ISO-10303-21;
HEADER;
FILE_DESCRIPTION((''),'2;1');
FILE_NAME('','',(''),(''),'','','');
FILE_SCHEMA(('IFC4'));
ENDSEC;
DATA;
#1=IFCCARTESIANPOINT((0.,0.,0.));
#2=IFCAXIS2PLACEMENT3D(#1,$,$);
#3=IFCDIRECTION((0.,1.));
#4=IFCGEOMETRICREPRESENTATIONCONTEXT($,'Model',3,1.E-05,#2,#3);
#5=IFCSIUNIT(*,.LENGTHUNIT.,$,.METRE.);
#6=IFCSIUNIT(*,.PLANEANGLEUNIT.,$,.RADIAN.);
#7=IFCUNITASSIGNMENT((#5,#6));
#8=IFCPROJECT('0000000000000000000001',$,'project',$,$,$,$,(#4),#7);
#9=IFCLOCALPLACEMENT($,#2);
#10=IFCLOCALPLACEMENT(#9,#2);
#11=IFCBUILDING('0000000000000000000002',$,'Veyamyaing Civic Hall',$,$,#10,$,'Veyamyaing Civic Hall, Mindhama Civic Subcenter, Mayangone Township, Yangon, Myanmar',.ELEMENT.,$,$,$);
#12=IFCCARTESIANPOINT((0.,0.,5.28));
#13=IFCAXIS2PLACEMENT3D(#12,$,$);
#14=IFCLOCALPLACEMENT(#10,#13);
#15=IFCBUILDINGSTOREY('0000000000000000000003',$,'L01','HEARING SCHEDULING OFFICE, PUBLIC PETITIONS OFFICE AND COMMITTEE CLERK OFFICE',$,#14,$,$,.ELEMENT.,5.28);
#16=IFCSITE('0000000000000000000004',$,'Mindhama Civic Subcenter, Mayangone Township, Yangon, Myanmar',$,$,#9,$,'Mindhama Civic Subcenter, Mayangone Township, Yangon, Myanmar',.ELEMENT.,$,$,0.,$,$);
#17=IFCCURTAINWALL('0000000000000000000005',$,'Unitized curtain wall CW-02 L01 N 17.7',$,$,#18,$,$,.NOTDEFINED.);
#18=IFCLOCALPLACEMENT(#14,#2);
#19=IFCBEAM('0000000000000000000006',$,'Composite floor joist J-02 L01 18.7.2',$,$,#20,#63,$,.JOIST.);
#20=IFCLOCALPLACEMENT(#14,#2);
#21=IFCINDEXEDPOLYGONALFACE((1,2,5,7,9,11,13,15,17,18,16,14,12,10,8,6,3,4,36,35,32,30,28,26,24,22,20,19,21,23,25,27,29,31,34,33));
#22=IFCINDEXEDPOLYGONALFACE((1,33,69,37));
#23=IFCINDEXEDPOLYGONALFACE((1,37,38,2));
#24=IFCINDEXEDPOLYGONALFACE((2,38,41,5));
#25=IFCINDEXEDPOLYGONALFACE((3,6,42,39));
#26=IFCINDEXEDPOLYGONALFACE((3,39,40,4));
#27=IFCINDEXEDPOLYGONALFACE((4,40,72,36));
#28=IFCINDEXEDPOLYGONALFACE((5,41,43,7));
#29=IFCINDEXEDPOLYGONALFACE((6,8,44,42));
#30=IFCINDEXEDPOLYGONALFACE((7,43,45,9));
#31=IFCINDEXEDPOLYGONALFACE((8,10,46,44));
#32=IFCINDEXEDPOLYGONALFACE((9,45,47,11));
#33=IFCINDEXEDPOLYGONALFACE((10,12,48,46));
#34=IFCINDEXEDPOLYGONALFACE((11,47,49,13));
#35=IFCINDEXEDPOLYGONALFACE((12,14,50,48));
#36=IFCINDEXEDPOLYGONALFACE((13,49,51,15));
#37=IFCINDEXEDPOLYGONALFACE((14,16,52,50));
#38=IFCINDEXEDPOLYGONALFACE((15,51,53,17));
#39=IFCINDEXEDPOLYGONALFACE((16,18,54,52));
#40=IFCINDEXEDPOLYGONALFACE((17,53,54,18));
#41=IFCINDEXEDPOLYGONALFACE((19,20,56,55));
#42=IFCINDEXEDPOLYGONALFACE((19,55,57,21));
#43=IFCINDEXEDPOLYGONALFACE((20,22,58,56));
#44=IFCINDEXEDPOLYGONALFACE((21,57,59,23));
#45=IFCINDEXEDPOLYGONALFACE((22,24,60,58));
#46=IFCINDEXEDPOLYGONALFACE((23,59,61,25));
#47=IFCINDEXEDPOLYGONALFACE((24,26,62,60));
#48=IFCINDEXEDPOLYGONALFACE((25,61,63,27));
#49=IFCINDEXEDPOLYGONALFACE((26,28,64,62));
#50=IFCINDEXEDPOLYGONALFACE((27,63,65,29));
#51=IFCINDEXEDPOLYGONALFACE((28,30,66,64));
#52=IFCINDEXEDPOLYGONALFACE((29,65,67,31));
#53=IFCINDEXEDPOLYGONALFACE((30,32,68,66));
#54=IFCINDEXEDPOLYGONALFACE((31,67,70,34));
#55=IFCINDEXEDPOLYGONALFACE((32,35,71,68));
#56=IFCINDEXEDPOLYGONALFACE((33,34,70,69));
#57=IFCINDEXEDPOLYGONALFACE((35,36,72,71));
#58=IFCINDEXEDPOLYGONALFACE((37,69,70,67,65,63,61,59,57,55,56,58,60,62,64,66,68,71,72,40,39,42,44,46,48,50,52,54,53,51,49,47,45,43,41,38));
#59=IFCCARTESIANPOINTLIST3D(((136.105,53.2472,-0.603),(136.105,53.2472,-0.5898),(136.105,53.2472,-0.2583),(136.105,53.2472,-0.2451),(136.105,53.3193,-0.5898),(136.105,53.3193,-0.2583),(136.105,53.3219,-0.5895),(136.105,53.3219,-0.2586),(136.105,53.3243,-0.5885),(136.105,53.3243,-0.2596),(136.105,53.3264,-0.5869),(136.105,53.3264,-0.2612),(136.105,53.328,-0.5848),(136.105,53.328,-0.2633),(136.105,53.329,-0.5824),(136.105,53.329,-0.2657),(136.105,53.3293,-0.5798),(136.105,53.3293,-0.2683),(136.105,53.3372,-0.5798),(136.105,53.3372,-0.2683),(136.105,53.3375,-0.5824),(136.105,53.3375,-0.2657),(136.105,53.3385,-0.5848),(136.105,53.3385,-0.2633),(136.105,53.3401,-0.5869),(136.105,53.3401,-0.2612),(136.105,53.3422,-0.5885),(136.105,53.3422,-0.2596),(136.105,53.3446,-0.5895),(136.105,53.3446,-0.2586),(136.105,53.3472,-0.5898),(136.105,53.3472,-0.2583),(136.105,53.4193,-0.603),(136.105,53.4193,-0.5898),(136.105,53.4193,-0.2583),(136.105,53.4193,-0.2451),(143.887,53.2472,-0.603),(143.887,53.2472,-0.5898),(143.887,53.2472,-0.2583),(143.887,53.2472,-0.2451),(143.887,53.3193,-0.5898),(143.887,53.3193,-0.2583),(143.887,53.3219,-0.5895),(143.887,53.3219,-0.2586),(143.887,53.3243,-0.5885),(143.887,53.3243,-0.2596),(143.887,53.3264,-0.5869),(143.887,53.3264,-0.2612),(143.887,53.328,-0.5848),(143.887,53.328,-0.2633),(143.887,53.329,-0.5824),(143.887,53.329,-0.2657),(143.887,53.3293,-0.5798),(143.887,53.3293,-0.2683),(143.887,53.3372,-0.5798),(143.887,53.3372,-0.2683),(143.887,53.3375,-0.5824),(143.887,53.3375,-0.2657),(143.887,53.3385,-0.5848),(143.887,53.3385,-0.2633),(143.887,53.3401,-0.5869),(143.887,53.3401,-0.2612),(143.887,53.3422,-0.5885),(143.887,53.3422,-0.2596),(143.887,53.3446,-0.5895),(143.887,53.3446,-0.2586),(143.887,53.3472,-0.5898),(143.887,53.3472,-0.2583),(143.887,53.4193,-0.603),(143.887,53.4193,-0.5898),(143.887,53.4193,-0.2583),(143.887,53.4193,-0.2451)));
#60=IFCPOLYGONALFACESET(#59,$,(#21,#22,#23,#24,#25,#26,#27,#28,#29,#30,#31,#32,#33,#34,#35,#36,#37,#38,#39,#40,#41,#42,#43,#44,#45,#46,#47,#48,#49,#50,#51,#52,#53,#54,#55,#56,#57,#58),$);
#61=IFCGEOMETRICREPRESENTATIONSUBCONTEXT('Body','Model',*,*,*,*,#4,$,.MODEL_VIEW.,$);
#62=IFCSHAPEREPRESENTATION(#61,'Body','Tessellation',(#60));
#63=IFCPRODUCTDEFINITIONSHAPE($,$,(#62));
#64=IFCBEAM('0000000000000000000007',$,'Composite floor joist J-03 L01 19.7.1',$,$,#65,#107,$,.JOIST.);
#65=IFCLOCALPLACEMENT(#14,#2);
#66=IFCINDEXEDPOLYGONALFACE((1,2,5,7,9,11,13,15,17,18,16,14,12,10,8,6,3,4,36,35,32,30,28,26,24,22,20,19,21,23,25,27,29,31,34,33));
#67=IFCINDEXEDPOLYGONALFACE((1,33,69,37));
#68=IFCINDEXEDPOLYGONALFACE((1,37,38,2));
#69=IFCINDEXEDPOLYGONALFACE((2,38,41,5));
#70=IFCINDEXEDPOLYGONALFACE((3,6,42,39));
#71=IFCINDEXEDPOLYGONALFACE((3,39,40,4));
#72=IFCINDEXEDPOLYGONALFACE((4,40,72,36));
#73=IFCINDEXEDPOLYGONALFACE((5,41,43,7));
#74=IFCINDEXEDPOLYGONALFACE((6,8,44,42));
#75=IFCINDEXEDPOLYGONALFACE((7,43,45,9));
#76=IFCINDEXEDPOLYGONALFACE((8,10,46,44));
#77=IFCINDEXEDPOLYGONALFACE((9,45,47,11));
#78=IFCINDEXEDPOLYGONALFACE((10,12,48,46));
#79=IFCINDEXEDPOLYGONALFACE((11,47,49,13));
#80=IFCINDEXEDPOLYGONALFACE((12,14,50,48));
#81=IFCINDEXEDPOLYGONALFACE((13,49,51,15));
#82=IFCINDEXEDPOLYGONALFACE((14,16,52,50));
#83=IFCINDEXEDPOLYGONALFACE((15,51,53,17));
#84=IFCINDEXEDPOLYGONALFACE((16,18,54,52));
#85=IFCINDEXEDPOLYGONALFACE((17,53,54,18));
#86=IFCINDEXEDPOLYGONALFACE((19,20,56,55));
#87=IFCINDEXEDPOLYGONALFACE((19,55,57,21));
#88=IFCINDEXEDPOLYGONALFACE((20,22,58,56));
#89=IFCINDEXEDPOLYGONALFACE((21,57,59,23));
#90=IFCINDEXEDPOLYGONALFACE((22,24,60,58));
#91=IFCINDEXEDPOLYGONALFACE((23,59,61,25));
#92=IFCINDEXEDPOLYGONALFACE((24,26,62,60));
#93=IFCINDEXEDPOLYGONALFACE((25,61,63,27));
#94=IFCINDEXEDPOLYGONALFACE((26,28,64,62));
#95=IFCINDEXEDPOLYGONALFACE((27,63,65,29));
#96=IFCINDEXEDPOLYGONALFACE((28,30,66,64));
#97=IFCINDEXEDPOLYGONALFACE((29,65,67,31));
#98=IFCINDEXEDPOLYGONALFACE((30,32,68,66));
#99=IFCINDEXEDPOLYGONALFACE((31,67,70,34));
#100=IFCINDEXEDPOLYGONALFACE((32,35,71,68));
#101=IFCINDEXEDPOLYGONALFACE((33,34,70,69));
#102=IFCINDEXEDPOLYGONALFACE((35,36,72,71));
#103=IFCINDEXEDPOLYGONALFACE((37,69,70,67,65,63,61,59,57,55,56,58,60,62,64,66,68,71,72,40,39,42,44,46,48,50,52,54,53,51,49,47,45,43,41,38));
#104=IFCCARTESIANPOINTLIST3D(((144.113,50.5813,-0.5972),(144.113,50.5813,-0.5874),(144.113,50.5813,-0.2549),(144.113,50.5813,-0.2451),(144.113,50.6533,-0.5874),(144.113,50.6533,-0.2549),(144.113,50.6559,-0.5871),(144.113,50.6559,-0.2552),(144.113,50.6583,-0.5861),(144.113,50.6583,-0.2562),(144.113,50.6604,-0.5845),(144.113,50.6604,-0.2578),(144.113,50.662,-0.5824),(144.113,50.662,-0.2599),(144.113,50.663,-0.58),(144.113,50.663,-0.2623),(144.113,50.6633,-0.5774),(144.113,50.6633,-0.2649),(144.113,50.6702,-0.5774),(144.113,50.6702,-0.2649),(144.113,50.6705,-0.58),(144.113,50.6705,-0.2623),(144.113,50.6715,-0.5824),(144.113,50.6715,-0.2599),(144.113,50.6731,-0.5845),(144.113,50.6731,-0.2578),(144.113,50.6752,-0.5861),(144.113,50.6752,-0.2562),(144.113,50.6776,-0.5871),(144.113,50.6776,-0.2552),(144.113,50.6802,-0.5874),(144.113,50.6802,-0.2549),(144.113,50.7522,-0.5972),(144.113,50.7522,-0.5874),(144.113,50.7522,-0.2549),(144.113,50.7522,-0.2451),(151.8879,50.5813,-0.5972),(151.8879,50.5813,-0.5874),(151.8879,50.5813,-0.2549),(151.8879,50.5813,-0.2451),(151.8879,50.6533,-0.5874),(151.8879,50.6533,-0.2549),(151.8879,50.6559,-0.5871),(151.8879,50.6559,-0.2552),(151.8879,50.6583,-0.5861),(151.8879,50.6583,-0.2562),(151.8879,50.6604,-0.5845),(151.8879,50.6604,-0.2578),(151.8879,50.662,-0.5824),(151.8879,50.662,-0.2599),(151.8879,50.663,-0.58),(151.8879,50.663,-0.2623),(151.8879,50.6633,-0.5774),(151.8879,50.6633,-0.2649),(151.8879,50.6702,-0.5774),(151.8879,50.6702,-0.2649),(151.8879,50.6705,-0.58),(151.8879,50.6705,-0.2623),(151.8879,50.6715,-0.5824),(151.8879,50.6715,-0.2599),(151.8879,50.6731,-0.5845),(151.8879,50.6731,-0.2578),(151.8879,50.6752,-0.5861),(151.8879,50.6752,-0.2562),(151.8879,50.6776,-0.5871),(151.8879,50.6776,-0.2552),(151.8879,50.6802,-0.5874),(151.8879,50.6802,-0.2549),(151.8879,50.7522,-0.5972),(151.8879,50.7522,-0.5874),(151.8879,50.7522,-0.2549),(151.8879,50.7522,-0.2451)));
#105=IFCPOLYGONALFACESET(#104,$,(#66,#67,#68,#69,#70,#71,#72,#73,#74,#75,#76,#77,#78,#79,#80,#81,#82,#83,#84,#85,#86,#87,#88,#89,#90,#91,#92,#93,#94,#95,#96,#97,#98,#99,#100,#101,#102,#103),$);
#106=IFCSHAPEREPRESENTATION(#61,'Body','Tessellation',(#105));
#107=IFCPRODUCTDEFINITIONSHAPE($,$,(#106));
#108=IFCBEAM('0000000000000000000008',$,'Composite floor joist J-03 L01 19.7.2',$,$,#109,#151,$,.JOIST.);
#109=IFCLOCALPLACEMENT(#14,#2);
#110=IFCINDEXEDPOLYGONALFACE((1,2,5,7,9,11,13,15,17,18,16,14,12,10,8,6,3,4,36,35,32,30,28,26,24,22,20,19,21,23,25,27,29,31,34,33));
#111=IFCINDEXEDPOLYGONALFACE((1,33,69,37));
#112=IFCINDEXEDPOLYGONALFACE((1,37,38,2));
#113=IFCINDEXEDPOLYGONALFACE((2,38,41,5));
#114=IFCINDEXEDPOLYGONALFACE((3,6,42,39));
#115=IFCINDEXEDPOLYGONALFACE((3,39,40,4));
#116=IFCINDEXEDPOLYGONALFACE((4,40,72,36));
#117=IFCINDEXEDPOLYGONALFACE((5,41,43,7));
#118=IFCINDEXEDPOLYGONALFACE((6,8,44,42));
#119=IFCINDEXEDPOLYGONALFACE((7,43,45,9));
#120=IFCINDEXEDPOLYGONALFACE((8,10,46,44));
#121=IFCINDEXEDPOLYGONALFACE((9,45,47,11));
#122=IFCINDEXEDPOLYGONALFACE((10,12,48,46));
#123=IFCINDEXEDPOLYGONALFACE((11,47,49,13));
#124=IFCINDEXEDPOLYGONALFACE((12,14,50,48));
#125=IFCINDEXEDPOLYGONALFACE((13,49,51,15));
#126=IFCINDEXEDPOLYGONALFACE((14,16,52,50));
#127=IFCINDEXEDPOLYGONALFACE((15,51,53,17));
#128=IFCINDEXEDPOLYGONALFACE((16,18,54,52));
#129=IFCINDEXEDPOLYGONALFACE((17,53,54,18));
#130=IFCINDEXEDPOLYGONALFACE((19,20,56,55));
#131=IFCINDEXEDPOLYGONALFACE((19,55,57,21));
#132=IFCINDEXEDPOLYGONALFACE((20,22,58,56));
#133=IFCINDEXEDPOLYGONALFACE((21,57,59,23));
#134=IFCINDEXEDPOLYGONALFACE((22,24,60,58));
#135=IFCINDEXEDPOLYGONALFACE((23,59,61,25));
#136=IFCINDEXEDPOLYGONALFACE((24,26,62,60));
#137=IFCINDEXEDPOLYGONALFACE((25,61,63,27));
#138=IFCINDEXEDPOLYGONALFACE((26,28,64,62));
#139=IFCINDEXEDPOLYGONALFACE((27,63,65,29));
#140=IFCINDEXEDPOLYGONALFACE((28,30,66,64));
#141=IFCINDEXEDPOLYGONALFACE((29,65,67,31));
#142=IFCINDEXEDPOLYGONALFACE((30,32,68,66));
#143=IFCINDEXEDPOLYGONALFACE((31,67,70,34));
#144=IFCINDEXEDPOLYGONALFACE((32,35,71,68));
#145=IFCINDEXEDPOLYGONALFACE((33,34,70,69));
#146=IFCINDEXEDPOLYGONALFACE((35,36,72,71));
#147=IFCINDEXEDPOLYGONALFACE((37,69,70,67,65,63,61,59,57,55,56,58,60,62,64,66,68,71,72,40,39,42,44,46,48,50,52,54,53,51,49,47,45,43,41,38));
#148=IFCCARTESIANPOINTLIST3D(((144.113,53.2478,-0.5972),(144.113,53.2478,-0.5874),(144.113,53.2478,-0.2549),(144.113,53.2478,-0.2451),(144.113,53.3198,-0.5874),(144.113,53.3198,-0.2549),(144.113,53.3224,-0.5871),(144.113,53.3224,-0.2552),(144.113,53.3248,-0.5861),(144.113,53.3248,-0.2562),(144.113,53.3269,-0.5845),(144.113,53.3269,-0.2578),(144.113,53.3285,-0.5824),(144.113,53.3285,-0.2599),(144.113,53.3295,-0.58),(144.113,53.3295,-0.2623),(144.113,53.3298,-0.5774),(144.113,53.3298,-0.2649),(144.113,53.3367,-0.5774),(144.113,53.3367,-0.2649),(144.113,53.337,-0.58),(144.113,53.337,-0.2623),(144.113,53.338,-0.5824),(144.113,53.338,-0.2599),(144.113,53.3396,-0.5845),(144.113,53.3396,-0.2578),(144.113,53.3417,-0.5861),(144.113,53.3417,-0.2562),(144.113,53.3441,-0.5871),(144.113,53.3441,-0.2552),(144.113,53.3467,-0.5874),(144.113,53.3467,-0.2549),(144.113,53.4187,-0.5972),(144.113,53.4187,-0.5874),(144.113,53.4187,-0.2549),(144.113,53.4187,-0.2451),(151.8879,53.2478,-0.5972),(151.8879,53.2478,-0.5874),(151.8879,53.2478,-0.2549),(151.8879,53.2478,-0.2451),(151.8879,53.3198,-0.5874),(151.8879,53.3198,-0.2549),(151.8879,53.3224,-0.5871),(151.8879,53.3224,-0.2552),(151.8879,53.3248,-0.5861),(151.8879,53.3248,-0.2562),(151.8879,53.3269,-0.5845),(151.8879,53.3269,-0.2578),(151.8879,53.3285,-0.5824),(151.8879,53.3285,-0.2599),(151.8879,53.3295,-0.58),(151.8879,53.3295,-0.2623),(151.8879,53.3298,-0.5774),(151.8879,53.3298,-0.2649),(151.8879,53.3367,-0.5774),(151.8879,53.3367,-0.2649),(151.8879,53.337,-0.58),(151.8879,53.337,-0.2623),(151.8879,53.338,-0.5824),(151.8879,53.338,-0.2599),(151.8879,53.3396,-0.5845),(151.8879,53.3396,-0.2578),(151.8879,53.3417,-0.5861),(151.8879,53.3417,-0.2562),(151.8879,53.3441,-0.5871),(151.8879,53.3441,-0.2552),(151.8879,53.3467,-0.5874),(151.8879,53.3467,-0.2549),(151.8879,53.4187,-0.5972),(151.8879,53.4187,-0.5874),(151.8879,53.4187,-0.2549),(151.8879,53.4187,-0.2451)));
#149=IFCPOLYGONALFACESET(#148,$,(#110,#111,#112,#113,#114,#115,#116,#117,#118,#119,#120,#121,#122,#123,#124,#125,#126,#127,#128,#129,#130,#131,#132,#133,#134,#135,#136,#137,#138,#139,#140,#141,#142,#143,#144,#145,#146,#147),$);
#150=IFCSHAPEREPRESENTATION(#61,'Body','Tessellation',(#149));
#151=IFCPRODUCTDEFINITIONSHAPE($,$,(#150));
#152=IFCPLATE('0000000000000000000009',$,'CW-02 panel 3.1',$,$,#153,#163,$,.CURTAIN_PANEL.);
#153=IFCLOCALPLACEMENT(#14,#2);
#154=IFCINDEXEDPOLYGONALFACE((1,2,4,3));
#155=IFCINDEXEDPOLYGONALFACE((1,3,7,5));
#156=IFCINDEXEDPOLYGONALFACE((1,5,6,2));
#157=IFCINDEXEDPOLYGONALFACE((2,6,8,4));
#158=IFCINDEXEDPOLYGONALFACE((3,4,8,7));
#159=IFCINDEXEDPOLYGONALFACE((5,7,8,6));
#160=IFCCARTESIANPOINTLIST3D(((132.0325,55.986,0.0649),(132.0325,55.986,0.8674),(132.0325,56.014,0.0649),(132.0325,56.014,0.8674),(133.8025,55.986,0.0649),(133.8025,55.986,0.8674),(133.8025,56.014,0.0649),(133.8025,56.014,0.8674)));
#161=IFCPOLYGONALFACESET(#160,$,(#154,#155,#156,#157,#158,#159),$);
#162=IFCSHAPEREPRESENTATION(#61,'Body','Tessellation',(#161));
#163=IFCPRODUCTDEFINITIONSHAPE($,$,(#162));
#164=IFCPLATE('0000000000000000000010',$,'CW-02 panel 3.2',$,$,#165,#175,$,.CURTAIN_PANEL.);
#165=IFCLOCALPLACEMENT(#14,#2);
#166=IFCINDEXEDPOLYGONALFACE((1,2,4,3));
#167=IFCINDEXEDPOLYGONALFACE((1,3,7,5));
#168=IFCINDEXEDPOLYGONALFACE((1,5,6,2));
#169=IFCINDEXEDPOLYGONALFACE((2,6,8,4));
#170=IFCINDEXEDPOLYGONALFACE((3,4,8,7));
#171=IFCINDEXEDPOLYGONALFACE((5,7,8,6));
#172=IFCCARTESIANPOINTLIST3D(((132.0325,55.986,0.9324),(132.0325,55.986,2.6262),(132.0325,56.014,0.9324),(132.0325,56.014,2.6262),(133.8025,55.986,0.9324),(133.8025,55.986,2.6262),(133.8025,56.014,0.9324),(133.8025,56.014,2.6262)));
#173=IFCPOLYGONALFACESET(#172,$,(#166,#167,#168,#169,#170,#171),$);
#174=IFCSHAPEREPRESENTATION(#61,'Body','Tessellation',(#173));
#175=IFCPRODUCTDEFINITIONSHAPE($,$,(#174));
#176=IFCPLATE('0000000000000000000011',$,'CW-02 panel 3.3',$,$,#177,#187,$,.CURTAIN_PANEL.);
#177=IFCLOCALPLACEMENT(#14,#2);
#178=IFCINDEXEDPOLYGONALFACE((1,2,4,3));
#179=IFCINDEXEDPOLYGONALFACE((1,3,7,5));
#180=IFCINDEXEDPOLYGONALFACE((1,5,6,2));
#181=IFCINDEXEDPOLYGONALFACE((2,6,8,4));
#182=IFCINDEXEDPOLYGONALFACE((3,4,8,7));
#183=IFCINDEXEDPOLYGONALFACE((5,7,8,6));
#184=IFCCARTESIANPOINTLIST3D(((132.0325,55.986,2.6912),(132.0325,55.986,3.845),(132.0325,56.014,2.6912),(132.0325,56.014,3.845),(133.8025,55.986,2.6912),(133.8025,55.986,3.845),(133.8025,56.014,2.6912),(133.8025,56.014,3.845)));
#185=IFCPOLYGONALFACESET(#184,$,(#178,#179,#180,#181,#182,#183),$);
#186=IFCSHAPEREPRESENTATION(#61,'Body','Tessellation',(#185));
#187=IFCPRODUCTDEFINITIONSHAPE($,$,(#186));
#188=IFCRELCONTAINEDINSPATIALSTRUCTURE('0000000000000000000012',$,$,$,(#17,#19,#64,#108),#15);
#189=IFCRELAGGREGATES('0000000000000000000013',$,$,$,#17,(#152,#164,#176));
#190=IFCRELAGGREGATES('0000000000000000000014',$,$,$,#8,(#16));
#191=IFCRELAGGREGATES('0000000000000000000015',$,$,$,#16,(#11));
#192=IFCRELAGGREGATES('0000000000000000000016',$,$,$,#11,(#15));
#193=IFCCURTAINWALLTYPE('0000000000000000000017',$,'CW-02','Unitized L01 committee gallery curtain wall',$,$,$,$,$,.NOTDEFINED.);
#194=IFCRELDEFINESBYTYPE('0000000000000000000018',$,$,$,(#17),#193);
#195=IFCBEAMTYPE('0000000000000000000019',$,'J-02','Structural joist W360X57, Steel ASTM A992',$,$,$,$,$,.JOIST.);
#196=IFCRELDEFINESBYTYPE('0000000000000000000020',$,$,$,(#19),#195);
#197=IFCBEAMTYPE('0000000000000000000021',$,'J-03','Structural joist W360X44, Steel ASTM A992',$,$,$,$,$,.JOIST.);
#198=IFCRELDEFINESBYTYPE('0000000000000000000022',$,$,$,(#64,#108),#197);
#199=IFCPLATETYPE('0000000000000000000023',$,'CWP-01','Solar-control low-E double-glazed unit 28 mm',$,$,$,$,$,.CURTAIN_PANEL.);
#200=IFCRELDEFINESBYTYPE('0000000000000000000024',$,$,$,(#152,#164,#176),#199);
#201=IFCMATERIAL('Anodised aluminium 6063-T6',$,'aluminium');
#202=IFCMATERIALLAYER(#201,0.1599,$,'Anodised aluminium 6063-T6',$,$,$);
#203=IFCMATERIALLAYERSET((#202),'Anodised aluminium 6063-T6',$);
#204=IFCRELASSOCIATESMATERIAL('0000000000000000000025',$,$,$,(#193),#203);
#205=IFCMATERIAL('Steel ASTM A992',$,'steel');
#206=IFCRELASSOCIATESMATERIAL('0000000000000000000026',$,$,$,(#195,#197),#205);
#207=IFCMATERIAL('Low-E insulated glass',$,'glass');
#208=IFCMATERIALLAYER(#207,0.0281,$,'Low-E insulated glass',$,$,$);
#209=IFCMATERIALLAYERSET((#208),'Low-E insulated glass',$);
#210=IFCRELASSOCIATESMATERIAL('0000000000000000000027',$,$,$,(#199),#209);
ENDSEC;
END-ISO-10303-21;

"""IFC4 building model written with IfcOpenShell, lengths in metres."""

from ifc_helpers import new_model, si_unit, direction, frame, origin, origin_2d, place, context, subcontext, project, spatial, rectangle, i_section, extrude, material, layer, layer_set, material_profile, profile_set, type_object, element, aggregate, save


model = new_model("IFC4")

# Units and contexts
model_context = context("Model", 3, precision=1e-05, world=origin(), true_north=direction((0.0, 1.0)))
body_context = subcontext(model_context, "Body", "Model", "MODEL_VIEW")
ifc_project = project(units=[si_unit("LENGTHUNIT", "METRE"), si_unit("PLANEANGLEUNIT", "RADIAN")], contexts=[model_context])

# Site, building, storey
site_placement = place(None, origin())
site = spatial("IfcSite", under=ifc_project, at=site_placement, Name="Mindhama Civic Subcenter, Mayangone Township, Yangon, Myanmar", LongName="Mindhama Civic Subcenter, Mayangone Township, Yangon, Myanmar", CompositionType="ELEMENT", RefElevation=0.0)
building_placement = place(site_placement, origin())
building = spatial("IfcBuilding", under=site, at=building_placement, Name="Veyamyaing Civic Hall", LongName="Veyamyaing Civic Hall, Mindhama Civic Subcenter, Mayangone Township, Yangon, Myanmar", CompositionType="ELEMENT")
storey_placement = place(building_placement, frame((0.0, 0.0, 5.28)))
storey = spatial("IfcBuildingStorey", under=building, at=storey_placement, Name="L01", Description="HEARING SCHEDULING OFFICE, PUBLIC PETITIONS OFFICE AND COMMITTEE CLERK OFFICE", CompositionType="ELEMENT", Elevation=5.28)

# Curtain wall
ifc_material_1 = material(Name="Anodised aluminium 6063-T6", Category="aluminium")
ifc_layer_1 = layer(ifc_material_1, 0.1599, Name="Anodised aluminium 6063-T6")
ifc_layer_set_1 = layer_set([ifc_layer_1], Name="Anodised aluminium 6063-T6")
curtain_wall_type = type_object("IfcCurtainWallType", Name="CW-02", Description="Unitized L01 committee gallery curtain wall", PredefinedType="NOTDEFINED", material=ifc_layer_set_1)
curtain_wall_placement = place(storey_placement, origin())
curtain_wall = element("IfcCurtainWall", 1, at=curtain_wall_placement, inside=storey, type_object=curtain_wall_type, Name="Unitized curtain wall CW-02 L01 N 17.7", PredefinedType="NOTDEFINED")

# Beams
ifc_material_2 = material(Name="Steel ASTM A992", Category="steel")
ifc_material_profile_1 = material_profile(ifc_material_2, i_section(OverallWidth=0.1721, OverallDepth=0.3579, WebThickness=0.0078, FlangeThickness=0.0132, FilletRadius=0.01, at=origin_2d()), Name="W360X57")
ifc_profile_set_1 = profile_set([ifc_material_profile_1], Name="Steel ASTM A992")
beam_type_1 = type_object("IfcBeamType", Name="J-02", Description="Structural joist W360X57, Steel ASTM A992", PredefinedType="JOIST", material=ifc_profile_set_1)
for number, where, z_axis, x_axis, name in (
    (2, (136.105, 53.3333, -0.4241), (1.0, 0.0, 0.0), (0.0, 1.0, 0.0), "Composite floor joist J-02 L01 18.7.2"),
):
    element("IfcBeam", number, at=place(storey_placement, frame(where, z_axis=z_axis, x_axis=x_axis)), inside=storey, type_object=beam_type_1, Name=name, PredefinedType="JOIST", context=body_context, shape_type="SweptSolid", body=[
        extrude(i_section(OverallWidth=0.1721, OverallDepth=0.3579, WebThickness=0.0078, FlangeThickness=0.0132, FilletRadius=0.01, at=origin_2d()), origin(), (0.0, 0.0, 1.0), 7.782),
    ])
ifc_material_profile_2 = material_profile(ifc_material_2, i_section(OverallWidth=0.1709, OverallDepth=0.3521, WebThickness=0.0068, FlangeThickness=0.0098, FilletRadius=0.01, at=origin_2d()), Name="W360X44")
ifc_profile_set_2 = profile_set([ifc_material_profile_2], Name="Steel ASTM A992")
beam_type_2 = type_object("IfcBeamType", Name="J-03", Description="Structural joist W360X44, Steel ASTM A992", PredefinedType="JOIST", material=ifc_profile_set_2)
for number, where, z_axis, x_axis, name in (
    (3, (144.113, 50.6667, -0.4211), (1.0, 0.0, 0.0), (0.0, 1.0, 0.0), "Composite floor joist J-03 L01 19.7.1"),
    (4, (144.113, 53.3333, -0.4211), (1.0, 0.0, 0.0), (0.0, 1.0, 0.0), "Composite floor joist J-03 L01 19.7.2"),
):
    element("IfcBeam", number, at=place(storey_placement, frame(where, z_axis=z_axis, x_axis=x_axis)), inside=storey, type_object=beam_type_2, Name=name, PredefinedType="JOIST", context=body_context, shape_type="SweptSolid", body=[
        extrude(i_section(OverallWidth=0.1709, OverallDepth=0.3521, WebThickness=0.0068, FlangeThickness=0.0098, FilletRadius=0.01, at=origin_2d()), origin(), (0.0, 0.0, 1.0), 7.7749),
    ])

# Plates
ifc_material_3 = material(Name="Low-E insulated glass", Category="glass")
ifc_layer_2 = layer(ifc_material_3, 0.0281, Name="Low-E insulated glass")
ifc_layer_set_2 = layer_set([ifc_layer_2], Name="Low-E insulated glass")
plate_type = type_object("IfcPlateType", Name="CWP-01", Description="Solar-control low-E double-glazed unit 28 mm", PredefinedType="CURTAIN_PANEL", material=ifc_layer_set_2)
plate_1_placement = place(storey_placement, frame((132.9175, 56.0, 0.0649), z_axis=(0.0, 0.0, 1.0), x_axis=(1.0, 0.0, 0.0)))
plate_1 = element("IfcPlate", 5, at=plate_1_placement, type_object=plate_type, Name="CW-02 panel 3.1", PredefinedType="CURTAIN_PANEL", context=body_context, shape_type="SweptSolid", body=[
    extrude(rectangle(XDim=1.77, YDim=0.0281, at=origin_2d()), origin(), (0.0, 0.0, 1.0), 0.8025),
])
plate_2_placement = place(storey_placement, frame((132.9175, 56.0, 0.9324), z_axis=(0.0, 0.0, 1.0), x_axis=(1.0, 0.0, 0.0)))
plate_2 = element("IfcPlate", 6, at=plate_2_placement, type_object=plate_type, Name="CW-02 panel 3.2", PredefinedType="CURTAIN_PANEL", context=body_context, shape_type="SweptSolid", body=[
    extrude(rectangle(XDim=1.77, YDim=0.0281, at=origin_2d()), origin(), (0.0, 0.0, 1.0), 1.6938),
])
plate_3_placement = place(storey_placement, frame((132.9175, 56.0, 2.6912), z_axis=(0.0, 0.0, 1.0), x_axis=(1.0, 0.0, 0.0)))
plate_3 = element("IfcPlate", 7, at=plate_3_placement, type_object=plate_type, Name="CW-02 panel 3.3", PredefinedType="CURTAIN_PANEL", context=body_context, shape_type="SweptSolid", body=[
    extrude(rectangle(XDim=1.77, YDim=0.0281, at=origin_2d()), origin(), (0.0, 0.0, 1.0), 1.1538),
])
aggregate(curtain_wall, [plate_1, plate_2, plate_3])

save(model, "model.ifc")
